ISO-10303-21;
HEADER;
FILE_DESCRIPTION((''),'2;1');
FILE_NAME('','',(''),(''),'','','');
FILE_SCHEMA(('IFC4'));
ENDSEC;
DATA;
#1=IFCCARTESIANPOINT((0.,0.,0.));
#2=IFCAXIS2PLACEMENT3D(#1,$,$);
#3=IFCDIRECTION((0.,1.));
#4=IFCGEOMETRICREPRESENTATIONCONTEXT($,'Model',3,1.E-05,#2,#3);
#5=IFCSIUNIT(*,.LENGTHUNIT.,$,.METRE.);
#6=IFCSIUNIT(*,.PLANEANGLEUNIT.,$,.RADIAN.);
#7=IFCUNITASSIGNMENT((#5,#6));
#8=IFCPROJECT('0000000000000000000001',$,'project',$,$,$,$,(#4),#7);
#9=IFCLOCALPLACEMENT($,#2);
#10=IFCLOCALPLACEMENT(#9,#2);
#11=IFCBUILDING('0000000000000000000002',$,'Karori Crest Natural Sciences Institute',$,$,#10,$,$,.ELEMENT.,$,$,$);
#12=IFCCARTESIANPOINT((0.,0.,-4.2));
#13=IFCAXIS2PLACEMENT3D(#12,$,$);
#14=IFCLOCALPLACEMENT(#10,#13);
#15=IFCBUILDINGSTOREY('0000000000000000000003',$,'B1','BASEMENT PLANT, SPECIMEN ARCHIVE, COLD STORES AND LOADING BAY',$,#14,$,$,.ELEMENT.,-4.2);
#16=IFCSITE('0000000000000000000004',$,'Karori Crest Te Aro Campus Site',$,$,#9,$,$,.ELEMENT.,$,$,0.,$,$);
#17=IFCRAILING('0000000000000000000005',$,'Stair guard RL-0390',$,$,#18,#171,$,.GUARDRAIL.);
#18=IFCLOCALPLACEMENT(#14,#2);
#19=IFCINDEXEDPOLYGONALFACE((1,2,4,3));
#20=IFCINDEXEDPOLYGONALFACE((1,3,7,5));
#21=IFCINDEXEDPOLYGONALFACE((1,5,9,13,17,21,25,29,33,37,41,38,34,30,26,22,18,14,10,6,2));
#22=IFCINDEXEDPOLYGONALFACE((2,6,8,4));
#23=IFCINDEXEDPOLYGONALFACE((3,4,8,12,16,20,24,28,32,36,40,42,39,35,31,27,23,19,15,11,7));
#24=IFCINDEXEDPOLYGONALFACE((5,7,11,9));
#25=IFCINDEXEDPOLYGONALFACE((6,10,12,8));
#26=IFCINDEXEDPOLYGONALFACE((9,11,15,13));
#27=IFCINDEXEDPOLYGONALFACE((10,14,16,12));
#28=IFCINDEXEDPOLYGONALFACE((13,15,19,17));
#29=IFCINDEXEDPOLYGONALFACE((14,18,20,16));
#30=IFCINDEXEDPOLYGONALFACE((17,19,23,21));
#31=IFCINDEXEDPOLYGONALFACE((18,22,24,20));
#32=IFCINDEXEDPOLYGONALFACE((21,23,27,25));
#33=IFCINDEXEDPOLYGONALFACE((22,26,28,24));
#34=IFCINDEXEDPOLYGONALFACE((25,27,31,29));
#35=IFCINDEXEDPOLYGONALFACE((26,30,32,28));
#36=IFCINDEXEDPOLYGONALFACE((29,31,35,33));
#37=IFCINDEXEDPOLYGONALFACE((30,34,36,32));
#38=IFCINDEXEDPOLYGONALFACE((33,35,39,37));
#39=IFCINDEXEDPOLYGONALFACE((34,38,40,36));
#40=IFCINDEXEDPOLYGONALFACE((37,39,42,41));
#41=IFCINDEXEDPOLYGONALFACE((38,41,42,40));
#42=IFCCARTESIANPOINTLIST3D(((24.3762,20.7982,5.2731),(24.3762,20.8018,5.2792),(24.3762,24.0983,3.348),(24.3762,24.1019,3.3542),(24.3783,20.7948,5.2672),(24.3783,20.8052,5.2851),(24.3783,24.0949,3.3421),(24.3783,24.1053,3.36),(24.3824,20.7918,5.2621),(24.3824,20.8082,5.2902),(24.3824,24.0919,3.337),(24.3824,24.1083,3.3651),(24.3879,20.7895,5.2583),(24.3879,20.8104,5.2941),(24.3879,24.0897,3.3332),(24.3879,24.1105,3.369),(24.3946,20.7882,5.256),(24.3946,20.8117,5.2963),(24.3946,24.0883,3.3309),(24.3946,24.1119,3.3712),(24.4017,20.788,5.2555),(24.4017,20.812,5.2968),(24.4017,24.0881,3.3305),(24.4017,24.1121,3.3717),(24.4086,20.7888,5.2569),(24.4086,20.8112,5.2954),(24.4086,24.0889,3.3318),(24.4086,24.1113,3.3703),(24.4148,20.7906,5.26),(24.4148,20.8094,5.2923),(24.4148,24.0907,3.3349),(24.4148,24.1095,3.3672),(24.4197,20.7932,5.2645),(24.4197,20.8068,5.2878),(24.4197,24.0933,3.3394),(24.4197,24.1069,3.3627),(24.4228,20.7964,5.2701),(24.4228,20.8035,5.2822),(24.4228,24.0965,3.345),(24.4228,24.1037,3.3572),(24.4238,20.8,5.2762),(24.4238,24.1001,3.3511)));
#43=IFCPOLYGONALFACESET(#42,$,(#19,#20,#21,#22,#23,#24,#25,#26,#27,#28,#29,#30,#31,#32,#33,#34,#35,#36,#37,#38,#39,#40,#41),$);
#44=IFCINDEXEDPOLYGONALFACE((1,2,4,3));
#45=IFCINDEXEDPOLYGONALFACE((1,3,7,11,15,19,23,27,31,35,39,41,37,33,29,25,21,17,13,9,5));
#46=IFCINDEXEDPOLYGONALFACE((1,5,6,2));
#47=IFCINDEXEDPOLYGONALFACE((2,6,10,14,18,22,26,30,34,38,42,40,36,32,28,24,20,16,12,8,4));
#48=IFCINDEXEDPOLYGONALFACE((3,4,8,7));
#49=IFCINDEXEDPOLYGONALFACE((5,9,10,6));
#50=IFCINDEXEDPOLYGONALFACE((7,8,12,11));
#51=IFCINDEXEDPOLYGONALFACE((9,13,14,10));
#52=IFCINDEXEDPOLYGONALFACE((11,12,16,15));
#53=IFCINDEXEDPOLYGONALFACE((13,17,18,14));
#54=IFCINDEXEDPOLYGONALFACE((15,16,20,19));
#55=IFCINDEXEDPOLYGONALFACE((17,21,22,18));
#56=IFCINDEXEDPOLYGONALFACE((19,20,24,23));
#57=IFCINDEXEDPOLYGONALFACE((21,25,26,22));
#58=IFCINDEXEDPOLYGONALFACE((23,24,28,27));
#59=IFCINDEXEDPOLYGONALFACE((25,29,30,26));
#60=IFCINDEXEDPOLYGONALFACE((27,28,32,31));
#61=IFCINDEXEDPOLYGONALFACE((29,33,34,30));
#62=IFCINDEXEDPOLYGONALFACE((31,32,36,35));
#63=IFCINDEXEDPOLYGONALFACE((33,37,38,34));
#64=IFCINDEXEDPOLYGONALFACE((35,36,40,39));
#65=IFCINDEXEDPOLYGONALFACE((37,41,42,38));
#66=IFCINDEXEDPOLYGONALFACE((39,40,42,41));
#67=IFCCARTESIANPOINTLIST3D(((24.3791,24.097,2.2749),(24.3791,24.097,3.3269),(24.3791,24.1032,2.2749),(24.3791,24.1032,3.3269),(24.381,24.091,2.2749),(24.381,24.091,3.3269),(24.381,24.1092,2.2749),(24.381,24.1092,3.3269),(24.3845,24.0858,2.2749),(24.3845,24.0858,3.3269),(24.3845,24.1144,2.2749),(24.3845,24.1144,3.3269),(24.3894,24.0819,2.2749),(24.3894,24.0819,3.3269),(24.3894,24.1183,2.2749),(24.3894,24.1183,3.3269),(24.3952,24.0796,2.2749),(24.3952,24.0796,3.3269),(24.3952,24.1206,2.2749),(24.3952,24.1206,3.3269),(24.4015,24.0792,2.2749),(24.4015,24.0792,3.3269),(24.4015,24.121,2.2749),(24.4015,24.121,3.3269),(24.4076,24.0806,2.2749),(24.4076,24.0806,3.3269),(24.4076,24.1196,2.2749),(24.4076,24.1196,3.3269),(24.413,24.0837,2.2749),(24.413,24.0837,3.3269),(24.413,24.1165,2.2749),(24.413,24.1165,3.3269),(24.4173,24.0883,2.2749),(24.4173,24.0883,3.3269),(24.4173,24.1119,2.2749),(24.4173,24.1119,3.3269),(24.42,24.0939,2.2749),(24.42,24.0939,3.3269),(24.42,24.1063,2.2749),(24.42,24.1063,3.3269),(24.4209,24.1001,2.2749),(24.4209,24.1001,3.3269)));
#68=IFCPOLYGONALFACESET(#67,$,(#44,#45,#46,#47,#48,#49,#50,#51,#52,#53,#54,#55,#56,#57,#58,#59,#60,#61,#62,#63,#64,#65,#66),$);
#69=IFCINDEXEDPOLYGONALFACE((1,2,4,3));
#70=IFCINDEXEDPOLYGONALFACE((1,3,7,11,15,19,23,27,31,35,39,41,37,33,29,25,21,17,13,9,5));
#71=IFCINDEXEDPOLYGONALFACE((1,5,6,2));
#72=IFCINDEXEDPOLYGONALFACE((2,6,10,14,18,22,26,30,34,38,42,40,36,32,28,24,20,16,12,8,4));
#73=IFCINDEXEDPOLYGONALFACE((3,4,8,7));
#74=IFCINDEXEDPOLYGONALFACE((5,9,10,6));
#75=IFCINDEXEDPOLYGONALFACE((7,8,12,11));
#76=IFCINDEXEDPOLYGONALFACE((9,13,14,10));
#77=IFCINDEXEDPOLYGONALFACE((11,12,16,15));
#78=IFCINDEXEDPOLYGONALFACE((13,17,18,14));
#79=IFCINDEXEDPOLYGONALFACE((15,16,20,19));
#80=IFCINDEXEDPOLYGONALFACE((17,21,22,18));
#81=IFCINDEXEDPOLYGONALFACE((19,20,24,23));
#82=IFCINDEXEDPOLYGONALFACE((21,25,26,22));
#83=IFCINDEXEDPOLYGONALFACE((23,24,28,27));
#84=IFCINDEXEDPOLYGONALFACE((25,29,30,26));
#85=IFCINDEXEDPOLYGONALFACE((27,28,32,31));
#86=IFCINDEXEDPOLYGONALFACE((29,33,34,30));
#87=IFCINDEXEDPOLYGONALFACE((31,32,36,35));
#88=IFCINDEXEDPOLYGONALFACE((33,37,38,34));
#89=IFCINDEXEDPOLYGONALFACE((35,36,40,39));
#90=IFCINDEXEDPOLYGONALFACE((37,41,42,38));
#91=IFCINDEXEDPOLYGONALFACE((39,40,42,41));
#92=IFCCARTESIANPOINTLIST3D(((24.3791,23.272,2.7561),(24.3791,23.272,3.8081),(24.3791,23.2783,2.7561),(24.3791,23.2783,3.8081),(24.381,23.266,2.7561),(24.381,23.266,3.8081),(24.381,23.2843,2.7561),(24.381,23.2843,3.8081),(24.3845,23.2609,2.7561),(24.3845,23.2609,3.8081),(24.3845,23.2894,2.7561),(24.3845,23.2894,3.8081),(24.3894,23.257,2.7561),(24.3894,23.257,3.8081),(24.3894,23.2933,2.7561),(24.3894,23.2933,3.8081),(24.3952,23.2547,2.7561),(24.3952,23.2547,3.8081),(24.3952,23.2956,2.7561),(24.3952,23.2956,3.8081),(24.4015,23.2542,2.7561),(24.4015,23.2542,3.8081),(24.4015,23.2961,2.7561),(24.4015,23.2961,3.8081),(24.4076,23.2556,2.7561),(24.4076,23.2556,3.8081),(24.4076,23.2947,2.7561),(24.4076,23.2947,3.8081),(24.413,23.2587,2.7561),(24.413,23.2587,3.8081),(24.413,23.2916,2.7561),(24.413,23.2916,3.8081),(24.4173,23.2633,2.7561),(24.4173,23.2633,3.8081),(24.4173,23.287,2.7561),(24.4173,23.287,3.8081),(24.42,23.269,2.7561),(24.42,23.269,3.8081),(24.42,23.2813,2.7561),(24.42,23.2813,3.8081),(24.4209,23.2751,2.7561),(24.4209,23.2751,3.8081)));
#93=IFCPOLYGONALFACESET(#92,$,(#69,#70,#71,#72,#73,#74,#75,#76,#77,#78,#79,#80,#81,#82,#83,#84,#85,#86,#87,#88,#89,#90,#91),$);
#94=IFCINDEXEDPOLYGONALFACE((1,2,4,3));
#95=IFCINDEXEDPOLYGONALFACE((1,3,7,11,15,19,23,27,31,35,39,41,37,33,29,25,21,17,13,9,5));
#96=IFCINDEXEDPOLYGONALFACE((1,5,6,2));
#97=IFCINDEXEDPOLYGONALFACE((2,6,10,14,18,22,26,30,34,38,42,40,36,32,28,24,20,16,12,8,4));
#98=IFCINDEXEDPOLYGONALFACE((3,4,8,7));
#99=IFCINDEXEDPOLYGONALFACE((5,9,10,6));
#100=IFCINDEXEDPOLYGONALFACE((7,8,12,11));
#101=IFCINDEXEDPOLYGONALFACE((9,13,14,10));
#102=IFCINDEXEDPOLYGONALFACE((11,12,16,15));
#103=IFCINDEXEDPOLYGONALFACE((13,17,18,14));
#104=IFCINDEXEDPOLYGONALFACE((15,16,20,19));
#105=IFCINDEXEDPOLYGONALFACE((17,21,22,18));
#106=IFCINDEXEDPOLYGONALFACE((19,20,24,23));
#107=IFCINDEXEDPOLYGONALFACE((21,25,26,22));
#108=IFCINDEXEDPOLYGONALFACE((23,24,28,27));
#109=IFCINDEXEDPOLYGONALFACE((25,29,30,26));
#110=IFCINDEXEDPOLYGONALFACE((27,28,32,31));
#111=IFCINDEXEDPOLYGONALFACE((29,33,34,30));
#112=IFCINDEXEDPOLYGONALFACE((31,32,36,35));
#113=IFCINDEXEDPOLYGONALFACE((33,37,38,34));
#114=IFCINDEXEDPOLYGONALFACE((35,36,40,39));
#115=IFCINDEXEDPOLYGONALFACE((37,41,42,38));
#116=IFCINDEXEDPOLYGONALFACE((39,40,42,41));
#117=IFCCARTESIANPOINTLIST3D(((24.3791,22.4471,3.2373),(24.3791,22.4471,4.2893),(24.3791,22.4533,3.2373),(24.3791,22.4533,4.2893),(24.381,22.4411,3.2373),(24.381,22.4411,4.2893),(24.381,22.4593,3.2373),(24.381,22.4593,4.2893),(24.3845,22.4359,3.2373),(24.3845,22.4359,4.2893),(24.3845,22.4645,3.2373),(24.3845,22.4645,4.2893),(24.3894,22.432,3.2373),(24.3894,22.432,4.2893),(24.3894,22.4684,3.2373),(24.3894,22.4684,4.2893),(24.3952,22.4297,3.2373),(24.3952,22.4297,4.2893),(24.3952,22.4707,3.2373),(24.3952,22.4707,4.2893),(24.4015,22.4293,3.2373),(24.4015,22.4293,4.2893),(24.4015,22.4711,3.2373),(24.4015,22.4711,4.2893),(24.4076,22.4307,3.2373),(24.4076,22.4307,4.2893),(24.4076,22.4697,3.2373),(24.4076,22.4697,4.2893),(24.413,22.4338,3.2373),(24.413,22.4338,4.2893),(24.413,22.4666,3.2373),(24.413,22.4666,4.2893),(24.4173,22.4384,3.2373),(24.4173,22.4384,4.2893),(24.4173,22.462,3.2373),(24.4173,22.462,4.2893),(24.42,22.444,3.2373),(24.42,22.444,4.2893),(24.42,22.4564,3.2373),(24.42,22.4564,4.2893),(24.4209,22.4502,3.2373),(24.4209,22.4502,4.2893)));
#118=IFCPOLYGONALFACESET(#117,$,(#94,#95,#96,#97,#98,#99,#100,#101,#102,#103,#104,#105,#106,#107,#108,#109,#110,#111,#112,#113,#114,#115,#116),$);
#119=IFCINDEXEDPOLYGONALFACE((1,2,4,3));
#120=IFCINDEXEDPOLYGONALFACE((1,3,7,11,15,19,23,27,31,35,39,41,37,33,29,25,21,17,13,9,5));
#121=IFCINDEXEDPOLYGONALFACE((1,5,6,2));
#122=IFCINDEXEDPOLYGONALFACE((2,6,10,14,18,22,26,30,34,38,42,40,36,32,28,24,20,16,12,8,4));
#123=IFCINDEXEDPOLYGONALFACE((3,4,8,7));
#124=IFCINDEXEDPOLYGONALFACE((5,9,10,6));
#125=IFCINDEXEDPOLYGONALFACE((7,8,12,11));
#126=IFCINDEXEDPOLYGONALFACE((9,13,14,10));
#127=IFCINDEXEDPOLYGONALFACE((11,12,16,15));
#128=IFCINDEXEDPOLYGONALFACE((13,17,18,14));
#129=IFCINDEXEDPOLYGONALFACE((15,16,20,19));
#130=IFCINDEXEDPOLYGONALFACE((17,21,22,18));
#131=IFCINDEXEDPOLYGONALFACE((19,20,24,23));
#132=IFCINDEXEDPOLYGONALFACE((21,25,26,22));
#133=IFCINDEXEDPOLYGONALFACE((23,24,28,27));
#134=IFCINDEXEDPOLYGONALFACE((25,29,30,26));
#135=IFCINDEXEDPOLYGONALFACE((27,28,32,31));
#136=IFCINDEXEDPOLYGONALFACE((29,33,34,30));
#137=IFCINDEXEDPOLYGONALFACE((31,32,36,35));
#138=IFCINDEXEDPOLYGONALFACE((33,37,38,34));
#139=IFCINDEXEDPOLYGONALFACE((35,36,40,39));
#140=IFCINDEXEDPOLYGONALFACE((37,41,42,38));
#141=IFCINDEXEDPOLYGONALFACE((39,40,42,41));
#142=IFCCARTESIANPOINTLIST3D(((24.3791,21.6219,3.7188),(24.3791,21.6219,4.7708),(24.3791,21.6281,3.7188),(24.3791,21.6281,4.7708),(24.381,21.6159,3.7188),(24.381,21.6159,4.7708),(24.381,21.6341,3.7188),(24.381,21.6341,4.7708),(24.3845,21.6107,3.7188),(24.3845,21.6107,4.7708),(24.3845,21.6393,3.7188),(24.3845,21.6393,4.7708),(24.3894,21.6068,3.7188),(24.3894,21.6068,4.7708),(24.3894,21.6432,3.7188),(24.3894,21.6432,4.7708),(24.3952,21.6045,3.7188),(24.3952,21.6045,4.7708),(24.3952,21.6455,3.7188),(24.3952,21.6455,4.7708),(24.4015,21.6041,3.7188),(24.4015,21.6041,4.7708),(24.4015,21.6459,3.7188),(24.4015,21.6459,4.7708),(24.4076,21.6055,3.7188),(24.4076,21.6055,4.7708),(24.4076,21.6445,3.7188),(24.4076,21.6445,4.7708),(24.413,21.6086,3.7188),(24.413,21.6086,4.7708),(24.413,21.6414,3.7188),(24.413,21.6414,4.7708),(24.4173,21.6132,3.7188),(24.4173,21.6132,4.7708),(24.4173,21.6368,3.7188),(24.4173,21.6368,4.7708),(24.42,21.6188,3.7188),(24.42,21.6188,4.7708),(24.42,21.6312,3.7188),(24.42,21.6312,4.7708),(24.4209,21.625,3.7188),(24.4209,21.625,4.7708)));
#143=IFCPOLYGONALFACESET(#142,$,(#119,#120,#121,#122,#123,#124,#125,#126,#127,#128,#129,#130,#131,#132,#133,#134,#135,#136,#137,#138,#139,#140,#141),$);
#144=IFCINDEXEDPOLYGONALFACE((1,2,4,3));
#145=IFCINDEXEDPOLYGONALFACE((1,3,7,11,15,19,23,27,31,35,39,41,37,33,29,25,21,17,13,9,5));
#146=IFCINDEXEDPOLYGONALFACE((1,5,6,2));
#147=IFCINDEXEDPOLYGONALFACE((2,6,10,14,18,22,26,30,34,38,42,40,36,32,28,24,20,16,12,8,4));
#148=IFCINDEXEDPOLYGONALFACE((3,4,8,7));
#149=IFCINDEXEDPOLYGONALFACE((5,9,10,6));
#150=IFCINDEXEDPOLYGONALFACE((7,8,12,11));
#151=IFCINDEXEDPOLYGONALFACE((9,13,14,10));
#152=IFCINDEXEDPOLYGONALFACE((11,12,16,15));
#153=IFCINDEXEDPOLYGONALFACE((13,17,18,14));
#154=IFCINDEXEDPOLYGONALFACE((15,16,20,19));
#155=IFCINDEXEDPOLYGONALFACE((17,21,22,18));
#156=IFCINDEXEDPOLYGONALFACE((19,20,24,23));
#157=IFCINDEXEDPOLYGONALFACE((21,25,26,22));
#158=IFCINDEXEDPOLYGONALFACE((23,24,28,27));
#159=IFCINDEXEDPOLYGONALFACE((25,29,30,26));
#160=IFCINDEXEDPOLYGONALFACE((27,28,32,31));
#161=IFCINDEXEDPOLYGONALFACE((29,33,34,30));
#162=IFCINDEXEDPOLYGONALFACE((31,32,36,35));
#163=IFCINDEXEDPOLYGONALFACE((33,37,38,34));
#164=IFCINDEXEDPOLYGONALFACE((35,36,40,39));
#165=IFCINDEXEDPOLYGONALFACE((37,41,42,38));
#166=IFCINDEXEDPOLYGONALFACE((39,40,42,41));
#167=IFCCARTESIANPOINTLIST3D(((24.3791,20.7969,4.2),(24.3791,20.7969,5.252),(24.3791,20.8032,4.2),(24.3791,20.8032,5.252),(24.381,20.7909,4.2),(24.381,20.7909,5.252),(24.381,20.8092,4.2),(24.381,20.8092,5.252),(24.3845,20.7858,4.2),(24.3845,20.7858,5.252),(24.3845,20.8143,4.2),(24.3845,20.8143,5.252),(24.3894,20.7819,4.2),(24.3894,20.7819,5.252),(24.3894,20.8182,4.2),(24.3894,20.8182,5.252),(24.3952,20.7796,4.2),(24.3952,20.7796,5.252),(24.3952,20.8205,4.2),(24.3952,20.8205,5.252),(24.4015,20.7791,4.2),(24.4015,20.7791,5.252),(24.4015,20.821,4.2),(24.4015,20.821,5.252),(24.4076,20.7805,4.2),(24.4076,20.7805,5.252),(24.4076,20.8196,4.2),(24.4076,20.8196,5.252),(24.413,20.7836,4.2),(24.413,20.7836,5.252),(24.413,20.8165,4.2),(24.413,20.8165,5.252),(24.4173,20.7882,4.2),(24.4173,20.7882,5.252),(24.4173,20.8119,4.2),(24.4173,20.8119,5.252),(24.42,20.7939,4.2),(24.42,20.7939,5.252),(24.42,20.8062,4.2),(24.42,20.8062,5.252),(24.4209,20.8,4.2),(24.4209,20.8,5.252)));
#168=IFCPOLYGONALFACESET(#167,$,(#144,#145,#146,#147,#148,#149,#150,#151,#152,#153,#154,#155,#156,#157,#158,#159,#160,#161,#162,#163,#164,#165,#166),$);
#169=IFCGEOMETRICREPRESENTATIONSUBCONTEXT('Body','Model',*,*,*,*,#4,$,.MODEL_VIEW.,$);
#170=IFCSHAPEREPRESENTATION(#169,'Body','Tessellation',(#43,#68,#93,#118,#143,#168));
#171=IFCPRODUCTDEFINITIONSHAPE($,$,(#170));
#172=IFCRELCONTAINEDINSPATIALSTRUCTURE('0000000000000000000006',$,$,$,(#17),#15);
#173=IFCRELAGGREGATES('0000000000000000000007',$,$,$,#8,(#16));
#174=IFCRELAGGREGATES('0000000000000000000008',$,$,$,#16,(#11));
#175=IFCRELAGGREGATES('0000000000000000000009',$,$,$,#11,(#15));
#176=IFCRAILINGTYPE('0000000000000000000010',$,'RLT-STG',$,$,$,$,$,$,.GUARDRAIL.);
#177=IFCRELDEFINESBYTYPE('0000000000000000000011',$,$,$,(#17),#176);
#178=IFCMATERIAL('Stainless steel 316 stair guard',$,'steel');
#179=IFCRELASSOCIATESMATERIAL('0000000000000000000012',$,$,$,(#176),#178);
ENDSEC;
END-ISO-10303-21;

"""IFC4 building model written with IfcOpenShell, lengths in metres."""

from ifc_helpers import new_model, si_unit, direction, frame, origin, origin_2d, place, context, subcontext, project, spatial, circle, extrude, material, type_object, element, save


model = new_model("IFC4")

# Units and contexts
model_context = context("Model", 3, precision=1e-05, world=origin(), true_north=direction((0.0, 1.0)))
body_context = subcontext(model_context, "Body", "Model", "MODEL_VIEW")
ifc_project = project(units=[si_unit("LENGTHUNIT", "METRE"), si_unit("PLANEANGLEUNIT", "RADIAN")], contexts=[model_context])

# Site, building, storey
site_placement = place(None, origin())
site = spatial("IfcSite", under=ifc_project, at=site_placement, Name="Karori Crest Te Aro Campus Site", CompositionType="ELEMENT", RefElevation=0.0)
building_placement = place(site_placement, origin())
building = spatial("IfcBuilding", under=site, at=building_placement, Name="Karori Crest Natural Sciences Institute", CompositionType="ELEMENT")
storey_placement = place(building_placement, frame((0.0, 0.0, -4.2)))
storey = spatial("IfcBuildingStorey", under=building, at=storey_placement, Name="B1", Description="BASEMENT PLANT, SPECIMEN ARCHIVE, COLD STORES AND LOADING BAY", CompositionType="ELEMENT", Elevation=-4.2)

# Railing
ifc_material_1 = material(Name="Stainless steel 316 stair guard", Category="steel")
railing_type_1 = type_object("IfcRailingType", Name="RLT-STG", PredefinedType="GUARDRAIL", material=ifc_material_1)
railing_1_placement = place(storey_placement, frame((24.3999, 24.1001, 2.2749)))
element("IfcRailing", 1, at=railing_1_placement, inside=storey, type_object=railing_type_1, Name="Stair guard RL-0390", PredefinedType="GUARDRAIL", context=body_context, shape_type="SweptSolid", body=[
    extrude(circle(Radius=0.0239, at=origin_2d()), frame((0.0, 0.0, 1.0762), z_axis=(0.0, -0.863777, 0.503875), x_axis=(1.0, 0.0, 0.0)), (0.0, 0.0, 1.0), 3.8206),
    extrude(circle(Radius=0.021, at=origin_2d()), origin(), (0.0, 0.0, 1.0), 1.052),
    extrude(circle(Radius=0.021, at=origin_2d()), frame((0.0, -0.825, 0.4812)), (0.0, 0.0, 1.0), 1.052),
    extrude(circle(Radius=0.021, at=origin_2d()), frame((0.0, -1.6499, 0.9624)), (0.0, 0.0, 1.0), 1.052),
    extrude(circle(Radius=0.021, at=origin_2d()), frame((0.0, -2.4751, 1.4438)), (0.0, 0.0, 1.0), 1.052),
    extrude(circle(Radius=0.021, at=origin_2d()), frame((0.0, -3.3, 1.925)), (0.0, 0.0, 1.0), 1.052),
])

save(model, "model.ifc")
